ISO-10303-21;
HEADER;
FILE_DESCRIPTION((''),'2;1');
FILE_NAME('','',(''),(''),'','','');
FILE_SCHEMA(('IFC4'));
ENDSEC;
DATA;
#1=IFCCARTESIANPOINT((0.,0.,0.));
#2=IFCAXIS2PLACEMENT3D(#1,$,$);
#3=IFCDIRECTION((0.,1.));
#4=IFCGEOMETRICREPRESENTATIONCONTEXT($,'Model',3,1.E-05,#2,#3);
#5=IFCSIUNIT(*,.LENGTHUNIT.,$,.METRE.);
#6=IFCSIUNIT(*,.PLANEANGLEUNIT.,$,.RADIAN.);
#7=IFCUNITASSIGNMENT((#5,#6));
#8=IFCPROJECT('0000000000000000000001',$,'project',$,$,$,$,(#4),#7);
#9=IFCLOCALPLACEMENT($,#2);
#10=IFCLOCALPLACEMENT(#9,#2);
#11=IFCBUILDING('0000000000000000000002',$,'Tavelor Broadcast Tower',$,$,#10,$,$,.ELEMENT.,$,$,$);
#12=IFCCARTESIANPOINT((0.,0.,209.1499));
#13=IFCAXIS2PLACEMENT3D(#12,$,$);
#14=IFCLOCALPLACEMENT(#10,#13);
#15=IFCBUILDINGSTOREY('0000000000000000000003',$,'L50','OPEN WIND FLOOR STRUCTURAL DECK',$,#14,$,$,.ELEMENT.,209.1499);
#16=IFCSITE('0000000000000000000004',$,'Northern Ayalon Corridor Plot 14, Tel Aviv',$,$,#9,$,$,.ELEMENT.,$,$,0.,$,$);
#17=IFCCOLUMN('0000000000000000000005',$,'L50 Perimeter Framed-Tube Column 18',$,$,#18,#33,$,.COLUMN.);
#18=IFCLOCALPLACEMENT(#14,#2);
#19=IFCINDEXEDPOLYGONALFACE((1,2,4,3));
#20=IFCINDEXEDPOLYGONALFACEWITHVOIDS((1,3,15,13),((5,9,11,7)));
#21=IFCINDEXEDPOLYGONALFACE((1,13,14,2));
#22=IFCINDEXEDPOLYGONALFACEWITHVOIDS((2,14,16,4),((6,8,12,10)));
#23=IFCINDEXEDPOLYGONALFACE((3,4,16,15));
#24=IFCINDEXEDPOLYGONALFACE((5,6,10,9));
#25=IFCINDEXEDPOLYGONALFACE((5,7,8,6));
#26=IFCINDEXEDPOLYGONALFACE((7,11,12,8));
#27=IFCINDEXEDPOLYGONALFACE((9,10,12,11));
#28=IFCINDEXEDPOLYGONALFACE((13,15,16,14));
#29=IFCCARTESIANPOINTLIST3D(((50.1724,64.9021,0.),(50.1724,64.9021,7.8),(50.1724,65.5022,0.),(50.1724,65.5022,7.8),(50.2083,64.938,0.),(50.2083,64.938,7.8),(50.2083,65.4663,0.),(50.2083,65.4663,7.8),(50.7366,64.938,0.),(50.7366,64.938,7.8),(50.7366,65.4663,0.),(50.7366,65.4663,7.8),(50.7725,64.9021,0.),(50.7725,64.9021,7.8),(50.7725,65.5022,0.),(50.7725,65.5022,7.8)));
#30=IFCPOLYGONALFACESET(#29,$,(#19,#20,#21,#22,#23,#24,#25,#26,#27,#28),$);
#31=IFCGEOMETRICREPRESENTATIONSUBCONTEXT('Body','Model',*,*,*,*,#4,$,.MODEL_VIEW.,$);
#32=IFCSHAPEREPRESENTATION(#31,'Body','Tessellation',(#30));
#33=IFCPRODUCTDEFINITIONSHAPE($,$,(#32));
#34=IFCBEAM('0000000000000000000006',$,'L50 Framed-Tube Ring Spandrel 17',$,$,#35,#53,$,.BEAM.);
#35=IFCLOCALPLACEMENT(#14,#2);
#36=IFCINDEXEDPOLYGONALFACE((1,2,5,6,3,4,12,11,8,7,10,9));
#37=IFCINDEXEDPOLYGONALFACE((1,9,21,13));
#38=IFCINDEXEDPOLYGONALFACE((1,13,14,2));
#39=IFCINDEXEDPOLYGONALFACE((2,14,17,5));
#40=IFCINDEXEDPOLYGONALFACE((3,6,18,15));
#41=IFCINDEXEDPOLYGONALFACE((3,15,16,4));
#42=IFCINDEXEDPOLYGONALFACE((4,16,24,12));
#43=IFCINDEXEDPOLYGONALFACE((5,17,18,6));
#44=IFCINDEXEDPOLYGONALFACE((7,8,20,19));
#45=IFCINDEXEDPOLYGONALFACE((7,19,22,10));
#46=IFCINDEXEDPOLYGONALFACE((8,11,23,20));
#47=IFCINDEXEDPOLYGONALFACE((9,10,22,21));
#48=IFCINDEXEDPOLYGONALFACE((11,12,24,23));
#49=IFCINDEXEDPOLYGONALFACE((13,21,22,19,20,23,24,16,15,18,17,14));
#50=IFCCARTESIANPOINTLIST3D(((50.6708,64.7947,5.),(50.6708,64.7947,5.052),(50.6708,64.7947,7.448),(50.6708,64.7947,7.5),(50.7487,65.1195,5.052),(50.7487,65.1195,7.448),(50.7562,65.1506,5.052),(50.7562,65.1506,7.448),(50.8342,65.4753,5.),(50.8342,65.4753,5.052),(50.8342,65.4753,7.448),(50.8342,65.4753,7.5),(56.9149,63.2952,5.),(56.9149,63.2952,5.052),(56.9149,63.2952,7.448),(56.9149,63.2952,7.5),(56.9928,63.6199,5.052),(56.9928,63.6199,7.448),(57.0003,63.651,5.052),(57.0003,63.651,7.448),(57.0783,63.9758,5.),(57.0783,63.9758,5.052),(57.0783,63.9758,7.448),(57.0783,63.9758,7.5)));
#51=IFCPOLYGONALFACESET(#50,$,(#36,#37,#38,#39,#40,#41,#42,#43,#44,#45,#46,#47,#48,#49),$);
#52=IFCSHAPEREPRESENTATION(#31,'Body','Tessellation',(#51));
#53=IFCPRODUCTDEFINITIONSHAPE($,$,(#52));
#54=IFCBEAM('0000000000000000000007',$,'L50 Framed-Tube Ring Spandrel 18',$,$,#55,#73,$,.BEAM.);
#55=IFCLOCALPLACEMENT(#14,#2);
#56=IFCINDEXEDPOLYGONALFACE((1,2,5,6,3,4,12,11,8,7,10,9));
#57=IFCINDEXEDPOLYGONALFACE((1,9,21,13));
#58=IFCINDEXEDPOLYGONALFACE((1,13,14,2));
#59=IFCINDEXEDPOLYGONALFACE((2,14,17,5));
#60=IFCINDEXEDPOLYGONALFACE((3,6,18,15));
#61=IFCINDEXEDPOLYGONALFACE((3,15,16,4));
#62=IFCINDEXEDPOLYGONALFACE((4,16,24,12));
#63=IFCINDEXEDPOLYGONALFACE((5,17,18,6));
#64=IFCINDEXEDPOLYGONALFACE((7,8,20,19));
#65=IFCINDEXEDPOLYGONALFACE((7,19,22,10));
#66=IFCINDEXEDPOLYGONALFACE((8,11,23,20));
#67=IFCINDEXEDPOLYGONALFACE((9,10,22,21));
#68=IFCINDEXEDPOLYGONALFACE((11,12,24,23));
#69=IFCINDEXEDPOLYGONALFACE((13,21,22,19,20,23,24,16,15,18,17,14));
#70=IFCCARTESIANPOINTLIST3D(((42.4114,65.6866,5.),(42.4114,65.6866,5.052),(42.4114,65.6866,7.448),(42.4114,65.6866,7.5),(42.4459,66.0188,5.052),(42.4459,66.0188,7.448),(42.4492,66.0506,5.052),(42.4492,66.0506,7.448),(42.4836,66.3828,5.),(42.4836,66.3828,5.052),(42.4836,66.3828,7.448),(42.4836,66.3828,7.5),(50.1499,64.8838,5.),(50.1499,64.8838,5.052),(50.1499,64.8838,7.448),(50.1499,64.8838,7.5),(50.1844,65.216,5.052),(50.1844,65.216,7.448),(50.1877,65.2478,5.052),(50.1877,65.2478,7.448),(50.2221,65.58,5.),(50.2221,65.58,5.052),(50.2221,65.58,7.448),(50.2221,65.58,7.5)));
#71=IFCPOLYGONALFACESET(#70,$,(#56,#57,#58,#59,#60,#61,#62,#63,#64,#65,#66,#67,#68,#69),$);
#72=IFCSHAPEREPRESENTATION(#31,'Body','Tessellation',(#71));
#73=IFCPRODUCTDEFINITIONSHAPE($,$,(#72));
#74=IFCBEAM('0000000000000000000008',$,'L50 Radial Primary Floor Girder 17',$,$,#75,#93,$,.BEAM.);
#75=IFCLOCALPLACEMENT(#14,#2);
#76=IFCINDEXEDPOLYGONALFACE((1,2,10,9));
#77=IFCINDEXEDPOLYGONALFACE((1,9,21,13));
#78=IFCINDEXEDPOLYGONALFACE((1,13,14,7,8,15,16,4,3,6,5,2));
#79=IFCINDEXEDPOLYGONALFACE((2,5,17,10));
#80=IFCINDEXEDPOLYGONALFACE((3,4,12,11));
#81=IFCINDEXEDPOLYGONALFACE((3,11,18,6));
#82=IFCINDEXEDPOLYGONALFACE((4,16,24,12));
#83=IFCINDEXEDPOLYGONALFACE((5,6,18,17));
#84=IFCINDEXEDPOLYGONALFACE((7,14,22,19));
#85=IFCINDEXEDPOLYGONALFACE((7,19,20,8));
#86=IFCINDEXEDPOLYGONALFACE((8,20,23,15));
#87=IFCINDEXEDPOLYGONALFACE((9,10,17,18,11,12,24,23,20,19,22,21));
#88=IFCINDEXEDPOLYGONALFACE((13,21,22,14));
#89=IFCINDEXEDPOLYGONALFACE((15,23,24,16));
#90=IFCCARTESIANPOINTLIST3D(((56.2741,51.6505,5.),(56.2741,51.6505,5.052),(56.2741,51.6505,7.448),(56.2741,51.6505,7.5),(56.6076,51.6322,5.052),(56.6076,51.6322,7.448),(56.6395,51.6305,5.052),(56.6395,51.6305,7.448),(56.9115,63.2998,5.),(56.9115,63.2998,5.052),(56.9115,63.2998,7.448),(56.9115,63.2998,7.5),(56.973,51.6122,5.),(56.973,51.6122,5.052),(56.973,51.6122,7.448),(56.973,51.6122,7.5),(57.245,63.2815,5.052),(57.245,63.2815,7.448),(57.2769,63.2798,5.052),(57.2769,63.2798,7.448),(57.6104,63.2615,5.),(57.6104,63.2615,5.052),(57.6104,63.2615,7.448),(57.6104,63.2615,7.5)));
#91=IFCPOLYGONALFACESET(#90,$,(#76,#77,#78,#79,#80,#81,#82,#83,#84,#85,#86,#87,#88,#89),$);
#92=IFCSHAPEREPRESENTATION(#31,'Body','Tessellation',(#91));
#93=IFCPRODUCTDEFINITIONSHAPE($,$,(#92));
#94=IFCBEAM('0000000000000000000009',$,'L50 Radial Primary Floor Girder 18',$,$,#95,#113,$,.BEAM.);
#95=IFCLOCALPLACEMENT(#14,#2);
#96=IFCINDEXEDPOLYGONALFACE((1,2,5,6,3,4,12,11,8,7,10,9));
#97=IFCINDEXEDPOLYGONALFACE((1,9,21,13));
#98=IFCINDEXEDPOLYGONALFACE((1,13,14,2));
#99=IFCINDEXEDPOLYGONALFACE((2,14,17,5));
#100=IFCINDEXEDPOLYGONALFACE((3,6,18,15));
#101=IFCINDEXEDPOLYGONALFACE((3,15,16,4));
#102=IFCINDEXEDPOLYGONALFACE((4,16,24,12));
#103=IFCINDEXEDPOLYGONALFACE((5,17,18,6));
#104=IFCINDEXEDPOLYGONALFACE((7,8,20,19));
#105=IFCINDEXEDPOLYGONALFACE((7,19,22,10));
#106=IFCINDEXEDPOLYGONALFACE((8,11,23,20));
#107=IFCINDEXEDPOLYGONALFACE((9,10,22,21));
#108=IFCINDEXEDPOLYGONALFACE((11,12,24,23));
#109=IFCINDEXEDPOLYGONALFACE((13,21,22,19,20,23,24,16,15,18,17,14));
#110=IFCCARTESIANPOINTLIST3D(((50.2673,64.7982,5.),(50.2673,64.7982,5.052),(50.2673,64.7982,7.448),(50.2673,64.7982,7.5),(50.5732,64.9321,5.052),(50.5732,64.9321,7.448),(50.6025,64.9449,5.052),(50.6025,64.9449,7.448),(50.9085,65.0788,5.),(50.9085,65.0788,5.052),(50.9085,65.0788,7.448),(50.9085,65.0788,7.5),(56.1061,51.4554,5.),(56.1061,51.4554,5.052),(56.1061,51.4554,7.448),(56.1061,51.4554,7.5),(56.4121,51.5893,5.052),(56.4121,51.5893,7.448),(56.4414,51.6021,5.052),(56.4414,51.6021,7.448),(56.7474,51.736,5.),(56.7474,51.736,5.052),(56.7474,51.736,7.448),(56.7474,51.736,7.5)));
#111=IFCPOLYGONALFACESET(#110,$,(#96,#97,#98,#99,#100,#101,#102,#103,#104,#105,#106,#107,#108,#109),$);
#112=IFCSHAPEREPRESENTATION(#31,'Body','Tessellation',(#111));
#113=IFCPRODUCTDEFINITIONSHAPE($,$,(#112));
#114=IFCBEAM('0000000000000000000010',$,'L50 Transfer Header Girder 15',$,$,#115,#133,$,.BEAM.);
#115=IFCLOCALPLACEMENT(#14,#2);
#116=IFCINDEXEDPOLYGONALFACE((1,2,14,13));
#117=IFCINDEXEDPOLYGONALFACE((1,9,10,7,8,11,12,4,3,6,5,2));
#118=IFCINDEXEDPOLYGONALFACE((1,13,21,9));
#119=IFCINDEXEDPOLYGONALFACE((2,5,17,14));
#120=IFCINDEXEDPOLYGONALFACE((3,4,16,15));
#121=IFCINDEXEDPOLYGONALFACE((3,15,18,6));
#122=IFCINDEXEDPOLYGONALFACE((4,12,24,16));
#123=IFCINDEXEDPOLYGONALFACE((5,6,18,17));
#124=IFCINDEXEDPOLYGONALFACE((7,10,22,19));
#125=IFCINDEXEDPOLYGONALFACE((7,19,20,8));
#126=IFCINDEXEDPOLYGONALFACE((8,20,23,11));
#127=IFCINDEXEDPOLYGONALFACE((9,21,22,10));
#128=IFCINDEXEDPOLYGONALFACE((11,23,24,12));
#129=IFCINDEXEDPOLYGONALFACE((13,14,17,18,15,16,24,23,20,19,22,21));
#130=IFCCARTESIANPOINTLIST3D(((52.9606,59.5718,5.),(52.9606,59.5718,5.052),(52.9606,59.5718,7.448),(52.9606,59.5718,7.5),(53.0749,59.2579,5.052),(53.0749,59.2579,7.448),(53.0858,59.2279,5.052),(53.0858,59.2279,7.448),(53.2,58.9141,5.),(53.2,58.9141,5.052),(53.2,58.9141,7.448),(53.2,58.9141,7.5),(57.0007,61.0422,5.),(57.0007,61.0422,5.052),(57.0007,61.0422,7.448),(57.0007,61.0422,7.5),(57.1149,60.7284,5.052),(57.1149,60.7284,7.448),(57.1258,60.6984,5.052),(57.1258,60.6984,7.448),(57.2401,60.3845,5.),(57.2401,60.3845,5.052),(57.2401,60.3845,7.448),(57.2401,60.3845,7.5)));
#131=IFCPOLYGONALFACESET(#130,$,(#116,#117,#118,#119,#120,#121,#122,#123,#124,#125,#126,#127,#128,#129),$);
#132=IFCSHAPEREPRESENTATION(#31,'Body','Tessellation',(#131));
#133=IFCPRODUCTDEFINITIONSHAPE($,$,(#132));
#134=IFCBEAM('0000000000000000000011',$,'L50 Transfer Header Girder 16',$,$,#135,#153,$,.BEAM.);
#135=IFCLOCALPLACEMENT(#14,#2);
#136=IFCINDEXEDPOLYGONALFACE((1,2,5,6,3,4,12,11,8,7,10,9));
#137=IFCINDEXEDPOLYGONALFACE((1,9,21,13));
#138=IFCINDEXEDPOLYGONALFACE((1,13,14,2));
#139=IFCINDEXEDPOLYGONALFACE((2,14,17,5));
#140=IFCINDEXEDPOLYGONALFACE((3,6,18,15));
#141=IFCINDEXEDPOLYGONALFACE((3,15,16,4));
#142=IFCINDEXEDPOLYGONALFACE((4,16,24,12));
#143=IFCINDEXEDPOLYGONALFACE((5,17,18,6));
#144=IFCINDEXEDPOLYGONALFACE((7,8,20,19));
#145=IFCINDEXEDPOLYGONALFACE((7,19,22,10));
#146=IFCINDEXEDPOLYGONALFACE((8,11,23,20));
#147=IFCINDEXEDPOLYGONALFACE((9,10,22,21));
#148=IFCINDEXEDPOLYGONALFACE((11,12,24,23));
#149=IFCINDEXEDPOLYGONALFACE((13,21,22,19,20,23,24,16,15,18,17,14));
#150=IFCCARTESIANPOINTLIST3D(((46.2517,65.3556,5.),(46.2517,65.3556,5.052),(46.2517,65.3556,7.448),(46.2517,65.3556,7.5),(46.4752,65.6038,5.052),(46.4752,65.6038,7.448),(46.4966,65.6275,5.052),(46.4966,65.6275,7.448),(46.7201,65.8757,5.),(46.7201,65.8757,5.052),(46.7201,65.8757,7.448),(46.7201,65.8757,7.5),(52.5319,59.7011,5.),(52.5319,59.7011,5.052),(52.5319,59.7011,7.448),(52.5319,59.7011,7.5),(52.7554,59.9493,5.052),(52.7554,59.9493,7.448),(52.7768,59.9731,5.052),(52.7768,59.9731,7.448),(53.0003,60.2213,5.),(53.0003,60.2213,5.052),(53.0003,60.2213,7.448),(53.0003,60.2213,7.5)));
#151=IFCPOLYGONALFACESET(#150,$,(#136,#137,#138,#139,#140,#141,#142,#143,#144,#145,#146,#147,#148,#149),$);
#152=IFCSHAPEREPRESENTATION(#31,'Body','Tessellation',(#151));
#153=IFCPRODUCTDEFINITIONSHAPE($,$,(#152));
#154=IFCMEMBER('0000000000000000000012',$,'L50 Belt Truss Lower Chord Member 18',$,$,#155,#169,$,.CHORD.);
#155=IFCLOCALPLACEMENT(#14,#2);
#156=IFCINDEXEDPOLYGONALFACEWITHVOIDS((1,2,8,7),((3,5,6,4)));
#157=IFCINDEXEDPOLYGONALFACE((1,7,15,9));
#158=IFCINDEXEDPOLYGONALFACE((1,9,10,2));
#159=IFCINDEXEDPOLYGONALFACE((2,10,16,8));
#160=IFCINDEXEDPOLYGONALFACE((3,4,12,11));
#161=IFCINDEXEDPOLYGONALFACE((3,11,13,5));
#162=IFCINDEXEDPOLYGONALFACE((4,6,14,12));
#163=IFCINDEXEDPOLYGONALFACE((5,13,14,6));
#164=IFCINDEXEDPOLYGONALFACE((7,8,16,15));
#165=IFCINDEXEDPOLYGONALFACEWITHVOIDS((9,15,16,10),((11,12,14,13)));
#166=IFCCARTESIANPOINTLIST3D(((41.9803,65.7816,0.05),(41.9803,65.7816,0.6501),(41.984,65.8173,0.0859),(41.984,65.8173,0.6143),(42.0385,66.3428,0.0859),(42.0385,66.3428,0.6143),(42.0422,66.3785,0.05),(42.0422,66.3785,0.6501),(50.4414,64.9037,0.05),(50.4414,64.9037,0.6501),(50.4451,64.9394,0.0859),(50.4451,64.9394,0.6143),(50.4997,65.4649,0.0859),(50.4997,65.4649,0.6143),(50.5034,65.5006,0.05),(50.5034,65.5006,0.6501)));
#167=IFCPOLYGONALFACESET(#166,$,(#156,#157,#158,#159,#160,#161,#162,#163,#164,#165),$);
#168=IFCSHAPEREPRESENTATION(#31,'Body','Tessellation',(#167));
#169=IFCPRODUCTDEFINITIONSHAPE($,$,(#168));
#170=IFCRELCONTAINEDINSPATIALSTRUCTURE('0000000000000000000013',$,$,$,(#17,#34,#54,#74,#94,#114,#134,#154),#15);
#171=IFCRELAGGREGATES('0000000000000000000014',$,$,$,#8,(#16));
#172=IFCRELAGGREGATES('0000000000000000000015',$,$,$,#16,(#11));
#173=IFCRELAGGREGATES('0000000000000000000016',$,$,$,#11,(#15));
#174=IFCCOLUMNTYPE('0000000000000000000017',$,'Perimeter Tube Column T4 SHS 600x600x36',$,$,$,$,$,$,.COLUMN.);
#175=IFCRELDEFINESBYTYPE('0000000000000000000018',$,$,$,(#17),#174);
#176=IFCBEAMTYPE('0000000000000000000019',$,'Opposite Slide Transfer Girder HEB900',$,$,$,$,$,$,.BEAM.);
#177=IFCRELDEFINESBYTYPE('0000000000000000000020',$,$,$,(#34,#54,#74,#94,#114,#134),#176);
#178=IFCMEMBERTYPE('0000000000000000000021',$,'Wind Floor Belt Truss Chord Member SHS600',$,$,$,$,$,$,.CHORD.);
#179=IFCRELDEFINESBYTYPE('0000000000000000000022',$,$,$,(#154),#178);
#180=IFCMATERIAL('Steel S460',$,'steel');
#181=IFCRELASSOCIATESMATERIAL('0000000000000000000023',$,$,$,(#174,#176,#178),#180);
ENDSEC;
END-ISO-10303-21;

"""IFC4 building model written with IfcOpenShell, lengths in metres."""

from ifc_helpers import new_model, si_unit, direction, frame, origin, origin_2d, place, context, subcontext, project, spatial, hollow_rectangle, i_section, extrude, material, material_profile, profile_set, type_object, element, save


model = new_model("IFC4")

# Units and contexts
model_context = context("Model", 3, precision=1e-05, world=origin(), true_north=direction((0.0, 1.0)))
body_context = subcontext(model_context, "Body", "Model", "MODEL_VIEW")
ifc_project = project(units=[si_unit("LENGTHUNIT", "METRE"), si_unit("PLANEANGLEUNIT", "RADIAN")], contexts=[model_context])

# Site, building, storey
site_placement = place(None, origin())
site = spatial("IfcSite", under=ifc_project, at=site_placement, Name="Northern Ayalon Corridor Plot 14, Tel Aviv", CompositionType="ELEMENT", RefElevation=0.0)
building_placement = place(site_placement, origin())
building = spatial("IfcBuilding", under=site, at=building_placement, Name="Tavelor Broadcast Tower", CompositionType="ELEMENT")
storey_placement = place(building_placement, frame((0.0, 0.0, 209.1499)))
storey = spatial("IfcBuildingStorey", under=building, at=storey_placement, Name="L50", Description="OPEN WIND FLOOR STRUCTURAL DECK", CompositionType="ELEMENT", Elevation=209.1499)

# Column
ifc_material_1 = material(Name="Steel S460", Category="steel")
ifc_material_profile_1 = material_profile(ifc_material_1, hollow_rectangle(XDim=0.6001, YDim=0.6001, WallThickness=0.0359, at=origin_2d()), Name="SHS 600x600x36")
ifc_profile_set_1 = profile_set([ifc_material_profile_1], Name="Steel S460")
column_type = type_object("IfcColumnType", Name="Perimeter Tube Column T4 SHS 600x600x36", PredefinedType="COLUMN", material=ifc_profile_set_1)
column_placement = place(storey_placement, frame((50.4724, 65.2021, 0.0), z_axis=(0.0, 0.0, 1.0), x_axis=(1.0, 0.0, 0.0)))
element("IfcColumn", 1, at=column_placement, inside=storey, type_object=column_type, Name="L50 Perimeter Framed-Tube Column 18", PredefinedType="COLUMN", context=body_context, shape_type="SweptSolid", body=[
    extrude(hollow_rectangle(XDim=0.6001, YDim=0.6001, WallThickness=0.0359, at=origin_2d()), origin(), (0.0, 0.0, 1.0), 7.8),
])

# Beams
ifc_material_profile_2 = material_profile(ifc_material_1, i_section(OverallWidth=0.7, OverallDepth=2.5, WebThickness=0.032, FlangeThickness=0.052, at=origin_2d()), Name="PG 2500x700")
ifc_profile_set_2 = profile_set([ifc_material_profile_2], Name="Steel S460")
beam_type = type_object("IfcBeamType", Name="Opposite Slide Transfer Girder HEB900", PredefinedType="BEAM", material=ifc_profile_set_2)
beam_1_placement = place(storey_placement, frame((56.9966, 63.6355, 6.25), z_axis=(-0.972355, 0.233508, 0.0), x_axis=(-0.233508, -0.972355, 0.0)))
element("IfcBeam", 2, at=beam_1_placement, inside=storey, type_object=beam_type, Name="L50 Framed-Tube Ring Spandrel 17", PredefinedType="BEAM", context=body_context, shape_type="SweptSolid", body=[
    extrude(i_section(OverallWidth=0.7, OverallDepth=2.5, WebThickness=0.032, FlangeThickness=0.052, at=origin_2d()), origin(), (0.0, 0.0, 1.0), 6.4216),
])
beam_2_placement = place(storey_placement, frame((50.186, 65.2319, 6.25), z_axis=(-0.994663, 0.103179, 0.0), x_axis=(-0.103179, -0.994663, 0.0)))
element("IfcBeam", 3, at=beam_2_placement, inside=storey, type_object=beam_type, Name="L50 Framed-Tube Ring Spandrel 18", PredefinedType="BEAM", context=body_context, shape_type="SweptSolid", body=[
    extrude(i_section(OverallWidth=0.7, OverallDepth=2.5, WebThickness=0.032, FlangeThickness=0.052, at=origin_2d()), origin(), (0.0, 0.0, 1.0), 7.78),
])
beam_3_placement = place(storey_placement, frame((56.6235, 51.6313, 6.25), z_axis=(0.054638, 0.998506, 0.0), x_axis=(-0.998506, 0.054638, 0.0)))
element("IfcBeam", 4, at=beam_3_placement, inside=storey, type_object=beam_type, Name="L50 Radial Primary Floor Girder 17", PredefinedType="BEAM", context=body_context, shape_type="SweptSolid", body=[
    extrude(i_section(OverallWidth=0.7, OverallDepth=2.5, WebThickness=0.032, FlangeThickness=0.052, at=origin_2d()), origin(), (0.0, 0.0, 1.0), 11.6667),
])
beam_4_placement = place(storey_placement, frame((56.4268, 51.5957, 6.25), z_axis=(-0.4009, 0.916122, 0.0), x_axis=(-0.916122, -0.4009, 0.0)))
element("IfcBeam", 5, at=beam_4_placement, inside=storey, type_object=beam_type, Name="L50 Radial Primary Floor Girder 18", PredefinedType="BEAM", context=body_context, shape_type="SweptSolid", body=[
    extrude(i_section(OverallWidth=0.7, OverallDepth=2.5, WebThickness=0.032, FlangeThickness=0.052, at=origin_2d()), origin(), (0.0, 0.0, 1.0), 14.5645),
])
beam_5_placement = place(storey_placement, frame((53.0803, 59.2429, 6.25), z_axis=(0.939692, 0.342021, 0.0), x_axis=(-0.342021, 0.939692, 0.0)))
element("IfcBeam", 6, at=beam_5_placement, inside=storey, type_object=beam_type, Name="L50 Transfer Header Girder 15", PredefinedType="BEAM", context=body_context, shape_type="SweptSolid", body=[
    extrude(i_section(OverallWidth=0.7, OverallDepth=2.5, WebThickness=0.032, FlangeThickness=0.052, at=origin_2d()), origin(), (0.0, 0.0, 1.0), 4.2993),
])
beam_6_placement = place(storey_placement, frame((52.7661, 59.9612, 6.25), z_axis=(-0.743159, 0.669115, 0.0), x_axis=(-0.669115, -0.743159, 0.0)))
element("IfcBeam", 7, at=beam_6_placement, inside=storey, type_object=beam_type, Name="L50 Transfer Header Girder 16", PredefinedType="BEAM", context=body_context, shape_type="SweptSolid", body=[
    extrude(i_section(OverallWidth=0.7, OverallDepth=2.5, WebThickness=0.032, FlangeThickness=0.052, at=origin_2d()), origin(), (0.0, 0.0, 1.0), 8.4507),
])

# Member
ifc_material_profile_3 = material_profile(ifc_material_1, hollow_rectangle(XDim=0.6001, YDim=0.6001, WallThickness=0.0359, at=origin_2d()), Name="SHS 600x600x36")
ifc_profile_set_3 = profile_set([ifc_material_profile_3], Name="Steel S460")
member_type_1 = type_object("IfcMemberType", Name="Wind Floor Belt Truss Chord Member SHS600", PredefinedType="CHORD", material=ifc_profile_set_3)
member_1_placement = place(storey_placement, frame((50.4724, 65.2021, 0.3501), z_axis=(-0.99466, 0.103206, 0.0), x_axis=(-0.103206, -0.99466, 0.0)))
element("IfcMember", 8, at=member_1_placement, inside=storey, type_object=member_type_1, Name="L50 Belt Truss Lower Chord Member 18", PredefinedType="CHORD", context=body_context, shape_type="SweptSolid", body=[
    extrude(hollow_rectangle(XDim=0.6001, YDim=0.6001, WallThickness=0.0359, at=origin_2d()), origin(), (0.0, 0.0, 1.0), 8.5066),
])

save(model, "model.ifc")
